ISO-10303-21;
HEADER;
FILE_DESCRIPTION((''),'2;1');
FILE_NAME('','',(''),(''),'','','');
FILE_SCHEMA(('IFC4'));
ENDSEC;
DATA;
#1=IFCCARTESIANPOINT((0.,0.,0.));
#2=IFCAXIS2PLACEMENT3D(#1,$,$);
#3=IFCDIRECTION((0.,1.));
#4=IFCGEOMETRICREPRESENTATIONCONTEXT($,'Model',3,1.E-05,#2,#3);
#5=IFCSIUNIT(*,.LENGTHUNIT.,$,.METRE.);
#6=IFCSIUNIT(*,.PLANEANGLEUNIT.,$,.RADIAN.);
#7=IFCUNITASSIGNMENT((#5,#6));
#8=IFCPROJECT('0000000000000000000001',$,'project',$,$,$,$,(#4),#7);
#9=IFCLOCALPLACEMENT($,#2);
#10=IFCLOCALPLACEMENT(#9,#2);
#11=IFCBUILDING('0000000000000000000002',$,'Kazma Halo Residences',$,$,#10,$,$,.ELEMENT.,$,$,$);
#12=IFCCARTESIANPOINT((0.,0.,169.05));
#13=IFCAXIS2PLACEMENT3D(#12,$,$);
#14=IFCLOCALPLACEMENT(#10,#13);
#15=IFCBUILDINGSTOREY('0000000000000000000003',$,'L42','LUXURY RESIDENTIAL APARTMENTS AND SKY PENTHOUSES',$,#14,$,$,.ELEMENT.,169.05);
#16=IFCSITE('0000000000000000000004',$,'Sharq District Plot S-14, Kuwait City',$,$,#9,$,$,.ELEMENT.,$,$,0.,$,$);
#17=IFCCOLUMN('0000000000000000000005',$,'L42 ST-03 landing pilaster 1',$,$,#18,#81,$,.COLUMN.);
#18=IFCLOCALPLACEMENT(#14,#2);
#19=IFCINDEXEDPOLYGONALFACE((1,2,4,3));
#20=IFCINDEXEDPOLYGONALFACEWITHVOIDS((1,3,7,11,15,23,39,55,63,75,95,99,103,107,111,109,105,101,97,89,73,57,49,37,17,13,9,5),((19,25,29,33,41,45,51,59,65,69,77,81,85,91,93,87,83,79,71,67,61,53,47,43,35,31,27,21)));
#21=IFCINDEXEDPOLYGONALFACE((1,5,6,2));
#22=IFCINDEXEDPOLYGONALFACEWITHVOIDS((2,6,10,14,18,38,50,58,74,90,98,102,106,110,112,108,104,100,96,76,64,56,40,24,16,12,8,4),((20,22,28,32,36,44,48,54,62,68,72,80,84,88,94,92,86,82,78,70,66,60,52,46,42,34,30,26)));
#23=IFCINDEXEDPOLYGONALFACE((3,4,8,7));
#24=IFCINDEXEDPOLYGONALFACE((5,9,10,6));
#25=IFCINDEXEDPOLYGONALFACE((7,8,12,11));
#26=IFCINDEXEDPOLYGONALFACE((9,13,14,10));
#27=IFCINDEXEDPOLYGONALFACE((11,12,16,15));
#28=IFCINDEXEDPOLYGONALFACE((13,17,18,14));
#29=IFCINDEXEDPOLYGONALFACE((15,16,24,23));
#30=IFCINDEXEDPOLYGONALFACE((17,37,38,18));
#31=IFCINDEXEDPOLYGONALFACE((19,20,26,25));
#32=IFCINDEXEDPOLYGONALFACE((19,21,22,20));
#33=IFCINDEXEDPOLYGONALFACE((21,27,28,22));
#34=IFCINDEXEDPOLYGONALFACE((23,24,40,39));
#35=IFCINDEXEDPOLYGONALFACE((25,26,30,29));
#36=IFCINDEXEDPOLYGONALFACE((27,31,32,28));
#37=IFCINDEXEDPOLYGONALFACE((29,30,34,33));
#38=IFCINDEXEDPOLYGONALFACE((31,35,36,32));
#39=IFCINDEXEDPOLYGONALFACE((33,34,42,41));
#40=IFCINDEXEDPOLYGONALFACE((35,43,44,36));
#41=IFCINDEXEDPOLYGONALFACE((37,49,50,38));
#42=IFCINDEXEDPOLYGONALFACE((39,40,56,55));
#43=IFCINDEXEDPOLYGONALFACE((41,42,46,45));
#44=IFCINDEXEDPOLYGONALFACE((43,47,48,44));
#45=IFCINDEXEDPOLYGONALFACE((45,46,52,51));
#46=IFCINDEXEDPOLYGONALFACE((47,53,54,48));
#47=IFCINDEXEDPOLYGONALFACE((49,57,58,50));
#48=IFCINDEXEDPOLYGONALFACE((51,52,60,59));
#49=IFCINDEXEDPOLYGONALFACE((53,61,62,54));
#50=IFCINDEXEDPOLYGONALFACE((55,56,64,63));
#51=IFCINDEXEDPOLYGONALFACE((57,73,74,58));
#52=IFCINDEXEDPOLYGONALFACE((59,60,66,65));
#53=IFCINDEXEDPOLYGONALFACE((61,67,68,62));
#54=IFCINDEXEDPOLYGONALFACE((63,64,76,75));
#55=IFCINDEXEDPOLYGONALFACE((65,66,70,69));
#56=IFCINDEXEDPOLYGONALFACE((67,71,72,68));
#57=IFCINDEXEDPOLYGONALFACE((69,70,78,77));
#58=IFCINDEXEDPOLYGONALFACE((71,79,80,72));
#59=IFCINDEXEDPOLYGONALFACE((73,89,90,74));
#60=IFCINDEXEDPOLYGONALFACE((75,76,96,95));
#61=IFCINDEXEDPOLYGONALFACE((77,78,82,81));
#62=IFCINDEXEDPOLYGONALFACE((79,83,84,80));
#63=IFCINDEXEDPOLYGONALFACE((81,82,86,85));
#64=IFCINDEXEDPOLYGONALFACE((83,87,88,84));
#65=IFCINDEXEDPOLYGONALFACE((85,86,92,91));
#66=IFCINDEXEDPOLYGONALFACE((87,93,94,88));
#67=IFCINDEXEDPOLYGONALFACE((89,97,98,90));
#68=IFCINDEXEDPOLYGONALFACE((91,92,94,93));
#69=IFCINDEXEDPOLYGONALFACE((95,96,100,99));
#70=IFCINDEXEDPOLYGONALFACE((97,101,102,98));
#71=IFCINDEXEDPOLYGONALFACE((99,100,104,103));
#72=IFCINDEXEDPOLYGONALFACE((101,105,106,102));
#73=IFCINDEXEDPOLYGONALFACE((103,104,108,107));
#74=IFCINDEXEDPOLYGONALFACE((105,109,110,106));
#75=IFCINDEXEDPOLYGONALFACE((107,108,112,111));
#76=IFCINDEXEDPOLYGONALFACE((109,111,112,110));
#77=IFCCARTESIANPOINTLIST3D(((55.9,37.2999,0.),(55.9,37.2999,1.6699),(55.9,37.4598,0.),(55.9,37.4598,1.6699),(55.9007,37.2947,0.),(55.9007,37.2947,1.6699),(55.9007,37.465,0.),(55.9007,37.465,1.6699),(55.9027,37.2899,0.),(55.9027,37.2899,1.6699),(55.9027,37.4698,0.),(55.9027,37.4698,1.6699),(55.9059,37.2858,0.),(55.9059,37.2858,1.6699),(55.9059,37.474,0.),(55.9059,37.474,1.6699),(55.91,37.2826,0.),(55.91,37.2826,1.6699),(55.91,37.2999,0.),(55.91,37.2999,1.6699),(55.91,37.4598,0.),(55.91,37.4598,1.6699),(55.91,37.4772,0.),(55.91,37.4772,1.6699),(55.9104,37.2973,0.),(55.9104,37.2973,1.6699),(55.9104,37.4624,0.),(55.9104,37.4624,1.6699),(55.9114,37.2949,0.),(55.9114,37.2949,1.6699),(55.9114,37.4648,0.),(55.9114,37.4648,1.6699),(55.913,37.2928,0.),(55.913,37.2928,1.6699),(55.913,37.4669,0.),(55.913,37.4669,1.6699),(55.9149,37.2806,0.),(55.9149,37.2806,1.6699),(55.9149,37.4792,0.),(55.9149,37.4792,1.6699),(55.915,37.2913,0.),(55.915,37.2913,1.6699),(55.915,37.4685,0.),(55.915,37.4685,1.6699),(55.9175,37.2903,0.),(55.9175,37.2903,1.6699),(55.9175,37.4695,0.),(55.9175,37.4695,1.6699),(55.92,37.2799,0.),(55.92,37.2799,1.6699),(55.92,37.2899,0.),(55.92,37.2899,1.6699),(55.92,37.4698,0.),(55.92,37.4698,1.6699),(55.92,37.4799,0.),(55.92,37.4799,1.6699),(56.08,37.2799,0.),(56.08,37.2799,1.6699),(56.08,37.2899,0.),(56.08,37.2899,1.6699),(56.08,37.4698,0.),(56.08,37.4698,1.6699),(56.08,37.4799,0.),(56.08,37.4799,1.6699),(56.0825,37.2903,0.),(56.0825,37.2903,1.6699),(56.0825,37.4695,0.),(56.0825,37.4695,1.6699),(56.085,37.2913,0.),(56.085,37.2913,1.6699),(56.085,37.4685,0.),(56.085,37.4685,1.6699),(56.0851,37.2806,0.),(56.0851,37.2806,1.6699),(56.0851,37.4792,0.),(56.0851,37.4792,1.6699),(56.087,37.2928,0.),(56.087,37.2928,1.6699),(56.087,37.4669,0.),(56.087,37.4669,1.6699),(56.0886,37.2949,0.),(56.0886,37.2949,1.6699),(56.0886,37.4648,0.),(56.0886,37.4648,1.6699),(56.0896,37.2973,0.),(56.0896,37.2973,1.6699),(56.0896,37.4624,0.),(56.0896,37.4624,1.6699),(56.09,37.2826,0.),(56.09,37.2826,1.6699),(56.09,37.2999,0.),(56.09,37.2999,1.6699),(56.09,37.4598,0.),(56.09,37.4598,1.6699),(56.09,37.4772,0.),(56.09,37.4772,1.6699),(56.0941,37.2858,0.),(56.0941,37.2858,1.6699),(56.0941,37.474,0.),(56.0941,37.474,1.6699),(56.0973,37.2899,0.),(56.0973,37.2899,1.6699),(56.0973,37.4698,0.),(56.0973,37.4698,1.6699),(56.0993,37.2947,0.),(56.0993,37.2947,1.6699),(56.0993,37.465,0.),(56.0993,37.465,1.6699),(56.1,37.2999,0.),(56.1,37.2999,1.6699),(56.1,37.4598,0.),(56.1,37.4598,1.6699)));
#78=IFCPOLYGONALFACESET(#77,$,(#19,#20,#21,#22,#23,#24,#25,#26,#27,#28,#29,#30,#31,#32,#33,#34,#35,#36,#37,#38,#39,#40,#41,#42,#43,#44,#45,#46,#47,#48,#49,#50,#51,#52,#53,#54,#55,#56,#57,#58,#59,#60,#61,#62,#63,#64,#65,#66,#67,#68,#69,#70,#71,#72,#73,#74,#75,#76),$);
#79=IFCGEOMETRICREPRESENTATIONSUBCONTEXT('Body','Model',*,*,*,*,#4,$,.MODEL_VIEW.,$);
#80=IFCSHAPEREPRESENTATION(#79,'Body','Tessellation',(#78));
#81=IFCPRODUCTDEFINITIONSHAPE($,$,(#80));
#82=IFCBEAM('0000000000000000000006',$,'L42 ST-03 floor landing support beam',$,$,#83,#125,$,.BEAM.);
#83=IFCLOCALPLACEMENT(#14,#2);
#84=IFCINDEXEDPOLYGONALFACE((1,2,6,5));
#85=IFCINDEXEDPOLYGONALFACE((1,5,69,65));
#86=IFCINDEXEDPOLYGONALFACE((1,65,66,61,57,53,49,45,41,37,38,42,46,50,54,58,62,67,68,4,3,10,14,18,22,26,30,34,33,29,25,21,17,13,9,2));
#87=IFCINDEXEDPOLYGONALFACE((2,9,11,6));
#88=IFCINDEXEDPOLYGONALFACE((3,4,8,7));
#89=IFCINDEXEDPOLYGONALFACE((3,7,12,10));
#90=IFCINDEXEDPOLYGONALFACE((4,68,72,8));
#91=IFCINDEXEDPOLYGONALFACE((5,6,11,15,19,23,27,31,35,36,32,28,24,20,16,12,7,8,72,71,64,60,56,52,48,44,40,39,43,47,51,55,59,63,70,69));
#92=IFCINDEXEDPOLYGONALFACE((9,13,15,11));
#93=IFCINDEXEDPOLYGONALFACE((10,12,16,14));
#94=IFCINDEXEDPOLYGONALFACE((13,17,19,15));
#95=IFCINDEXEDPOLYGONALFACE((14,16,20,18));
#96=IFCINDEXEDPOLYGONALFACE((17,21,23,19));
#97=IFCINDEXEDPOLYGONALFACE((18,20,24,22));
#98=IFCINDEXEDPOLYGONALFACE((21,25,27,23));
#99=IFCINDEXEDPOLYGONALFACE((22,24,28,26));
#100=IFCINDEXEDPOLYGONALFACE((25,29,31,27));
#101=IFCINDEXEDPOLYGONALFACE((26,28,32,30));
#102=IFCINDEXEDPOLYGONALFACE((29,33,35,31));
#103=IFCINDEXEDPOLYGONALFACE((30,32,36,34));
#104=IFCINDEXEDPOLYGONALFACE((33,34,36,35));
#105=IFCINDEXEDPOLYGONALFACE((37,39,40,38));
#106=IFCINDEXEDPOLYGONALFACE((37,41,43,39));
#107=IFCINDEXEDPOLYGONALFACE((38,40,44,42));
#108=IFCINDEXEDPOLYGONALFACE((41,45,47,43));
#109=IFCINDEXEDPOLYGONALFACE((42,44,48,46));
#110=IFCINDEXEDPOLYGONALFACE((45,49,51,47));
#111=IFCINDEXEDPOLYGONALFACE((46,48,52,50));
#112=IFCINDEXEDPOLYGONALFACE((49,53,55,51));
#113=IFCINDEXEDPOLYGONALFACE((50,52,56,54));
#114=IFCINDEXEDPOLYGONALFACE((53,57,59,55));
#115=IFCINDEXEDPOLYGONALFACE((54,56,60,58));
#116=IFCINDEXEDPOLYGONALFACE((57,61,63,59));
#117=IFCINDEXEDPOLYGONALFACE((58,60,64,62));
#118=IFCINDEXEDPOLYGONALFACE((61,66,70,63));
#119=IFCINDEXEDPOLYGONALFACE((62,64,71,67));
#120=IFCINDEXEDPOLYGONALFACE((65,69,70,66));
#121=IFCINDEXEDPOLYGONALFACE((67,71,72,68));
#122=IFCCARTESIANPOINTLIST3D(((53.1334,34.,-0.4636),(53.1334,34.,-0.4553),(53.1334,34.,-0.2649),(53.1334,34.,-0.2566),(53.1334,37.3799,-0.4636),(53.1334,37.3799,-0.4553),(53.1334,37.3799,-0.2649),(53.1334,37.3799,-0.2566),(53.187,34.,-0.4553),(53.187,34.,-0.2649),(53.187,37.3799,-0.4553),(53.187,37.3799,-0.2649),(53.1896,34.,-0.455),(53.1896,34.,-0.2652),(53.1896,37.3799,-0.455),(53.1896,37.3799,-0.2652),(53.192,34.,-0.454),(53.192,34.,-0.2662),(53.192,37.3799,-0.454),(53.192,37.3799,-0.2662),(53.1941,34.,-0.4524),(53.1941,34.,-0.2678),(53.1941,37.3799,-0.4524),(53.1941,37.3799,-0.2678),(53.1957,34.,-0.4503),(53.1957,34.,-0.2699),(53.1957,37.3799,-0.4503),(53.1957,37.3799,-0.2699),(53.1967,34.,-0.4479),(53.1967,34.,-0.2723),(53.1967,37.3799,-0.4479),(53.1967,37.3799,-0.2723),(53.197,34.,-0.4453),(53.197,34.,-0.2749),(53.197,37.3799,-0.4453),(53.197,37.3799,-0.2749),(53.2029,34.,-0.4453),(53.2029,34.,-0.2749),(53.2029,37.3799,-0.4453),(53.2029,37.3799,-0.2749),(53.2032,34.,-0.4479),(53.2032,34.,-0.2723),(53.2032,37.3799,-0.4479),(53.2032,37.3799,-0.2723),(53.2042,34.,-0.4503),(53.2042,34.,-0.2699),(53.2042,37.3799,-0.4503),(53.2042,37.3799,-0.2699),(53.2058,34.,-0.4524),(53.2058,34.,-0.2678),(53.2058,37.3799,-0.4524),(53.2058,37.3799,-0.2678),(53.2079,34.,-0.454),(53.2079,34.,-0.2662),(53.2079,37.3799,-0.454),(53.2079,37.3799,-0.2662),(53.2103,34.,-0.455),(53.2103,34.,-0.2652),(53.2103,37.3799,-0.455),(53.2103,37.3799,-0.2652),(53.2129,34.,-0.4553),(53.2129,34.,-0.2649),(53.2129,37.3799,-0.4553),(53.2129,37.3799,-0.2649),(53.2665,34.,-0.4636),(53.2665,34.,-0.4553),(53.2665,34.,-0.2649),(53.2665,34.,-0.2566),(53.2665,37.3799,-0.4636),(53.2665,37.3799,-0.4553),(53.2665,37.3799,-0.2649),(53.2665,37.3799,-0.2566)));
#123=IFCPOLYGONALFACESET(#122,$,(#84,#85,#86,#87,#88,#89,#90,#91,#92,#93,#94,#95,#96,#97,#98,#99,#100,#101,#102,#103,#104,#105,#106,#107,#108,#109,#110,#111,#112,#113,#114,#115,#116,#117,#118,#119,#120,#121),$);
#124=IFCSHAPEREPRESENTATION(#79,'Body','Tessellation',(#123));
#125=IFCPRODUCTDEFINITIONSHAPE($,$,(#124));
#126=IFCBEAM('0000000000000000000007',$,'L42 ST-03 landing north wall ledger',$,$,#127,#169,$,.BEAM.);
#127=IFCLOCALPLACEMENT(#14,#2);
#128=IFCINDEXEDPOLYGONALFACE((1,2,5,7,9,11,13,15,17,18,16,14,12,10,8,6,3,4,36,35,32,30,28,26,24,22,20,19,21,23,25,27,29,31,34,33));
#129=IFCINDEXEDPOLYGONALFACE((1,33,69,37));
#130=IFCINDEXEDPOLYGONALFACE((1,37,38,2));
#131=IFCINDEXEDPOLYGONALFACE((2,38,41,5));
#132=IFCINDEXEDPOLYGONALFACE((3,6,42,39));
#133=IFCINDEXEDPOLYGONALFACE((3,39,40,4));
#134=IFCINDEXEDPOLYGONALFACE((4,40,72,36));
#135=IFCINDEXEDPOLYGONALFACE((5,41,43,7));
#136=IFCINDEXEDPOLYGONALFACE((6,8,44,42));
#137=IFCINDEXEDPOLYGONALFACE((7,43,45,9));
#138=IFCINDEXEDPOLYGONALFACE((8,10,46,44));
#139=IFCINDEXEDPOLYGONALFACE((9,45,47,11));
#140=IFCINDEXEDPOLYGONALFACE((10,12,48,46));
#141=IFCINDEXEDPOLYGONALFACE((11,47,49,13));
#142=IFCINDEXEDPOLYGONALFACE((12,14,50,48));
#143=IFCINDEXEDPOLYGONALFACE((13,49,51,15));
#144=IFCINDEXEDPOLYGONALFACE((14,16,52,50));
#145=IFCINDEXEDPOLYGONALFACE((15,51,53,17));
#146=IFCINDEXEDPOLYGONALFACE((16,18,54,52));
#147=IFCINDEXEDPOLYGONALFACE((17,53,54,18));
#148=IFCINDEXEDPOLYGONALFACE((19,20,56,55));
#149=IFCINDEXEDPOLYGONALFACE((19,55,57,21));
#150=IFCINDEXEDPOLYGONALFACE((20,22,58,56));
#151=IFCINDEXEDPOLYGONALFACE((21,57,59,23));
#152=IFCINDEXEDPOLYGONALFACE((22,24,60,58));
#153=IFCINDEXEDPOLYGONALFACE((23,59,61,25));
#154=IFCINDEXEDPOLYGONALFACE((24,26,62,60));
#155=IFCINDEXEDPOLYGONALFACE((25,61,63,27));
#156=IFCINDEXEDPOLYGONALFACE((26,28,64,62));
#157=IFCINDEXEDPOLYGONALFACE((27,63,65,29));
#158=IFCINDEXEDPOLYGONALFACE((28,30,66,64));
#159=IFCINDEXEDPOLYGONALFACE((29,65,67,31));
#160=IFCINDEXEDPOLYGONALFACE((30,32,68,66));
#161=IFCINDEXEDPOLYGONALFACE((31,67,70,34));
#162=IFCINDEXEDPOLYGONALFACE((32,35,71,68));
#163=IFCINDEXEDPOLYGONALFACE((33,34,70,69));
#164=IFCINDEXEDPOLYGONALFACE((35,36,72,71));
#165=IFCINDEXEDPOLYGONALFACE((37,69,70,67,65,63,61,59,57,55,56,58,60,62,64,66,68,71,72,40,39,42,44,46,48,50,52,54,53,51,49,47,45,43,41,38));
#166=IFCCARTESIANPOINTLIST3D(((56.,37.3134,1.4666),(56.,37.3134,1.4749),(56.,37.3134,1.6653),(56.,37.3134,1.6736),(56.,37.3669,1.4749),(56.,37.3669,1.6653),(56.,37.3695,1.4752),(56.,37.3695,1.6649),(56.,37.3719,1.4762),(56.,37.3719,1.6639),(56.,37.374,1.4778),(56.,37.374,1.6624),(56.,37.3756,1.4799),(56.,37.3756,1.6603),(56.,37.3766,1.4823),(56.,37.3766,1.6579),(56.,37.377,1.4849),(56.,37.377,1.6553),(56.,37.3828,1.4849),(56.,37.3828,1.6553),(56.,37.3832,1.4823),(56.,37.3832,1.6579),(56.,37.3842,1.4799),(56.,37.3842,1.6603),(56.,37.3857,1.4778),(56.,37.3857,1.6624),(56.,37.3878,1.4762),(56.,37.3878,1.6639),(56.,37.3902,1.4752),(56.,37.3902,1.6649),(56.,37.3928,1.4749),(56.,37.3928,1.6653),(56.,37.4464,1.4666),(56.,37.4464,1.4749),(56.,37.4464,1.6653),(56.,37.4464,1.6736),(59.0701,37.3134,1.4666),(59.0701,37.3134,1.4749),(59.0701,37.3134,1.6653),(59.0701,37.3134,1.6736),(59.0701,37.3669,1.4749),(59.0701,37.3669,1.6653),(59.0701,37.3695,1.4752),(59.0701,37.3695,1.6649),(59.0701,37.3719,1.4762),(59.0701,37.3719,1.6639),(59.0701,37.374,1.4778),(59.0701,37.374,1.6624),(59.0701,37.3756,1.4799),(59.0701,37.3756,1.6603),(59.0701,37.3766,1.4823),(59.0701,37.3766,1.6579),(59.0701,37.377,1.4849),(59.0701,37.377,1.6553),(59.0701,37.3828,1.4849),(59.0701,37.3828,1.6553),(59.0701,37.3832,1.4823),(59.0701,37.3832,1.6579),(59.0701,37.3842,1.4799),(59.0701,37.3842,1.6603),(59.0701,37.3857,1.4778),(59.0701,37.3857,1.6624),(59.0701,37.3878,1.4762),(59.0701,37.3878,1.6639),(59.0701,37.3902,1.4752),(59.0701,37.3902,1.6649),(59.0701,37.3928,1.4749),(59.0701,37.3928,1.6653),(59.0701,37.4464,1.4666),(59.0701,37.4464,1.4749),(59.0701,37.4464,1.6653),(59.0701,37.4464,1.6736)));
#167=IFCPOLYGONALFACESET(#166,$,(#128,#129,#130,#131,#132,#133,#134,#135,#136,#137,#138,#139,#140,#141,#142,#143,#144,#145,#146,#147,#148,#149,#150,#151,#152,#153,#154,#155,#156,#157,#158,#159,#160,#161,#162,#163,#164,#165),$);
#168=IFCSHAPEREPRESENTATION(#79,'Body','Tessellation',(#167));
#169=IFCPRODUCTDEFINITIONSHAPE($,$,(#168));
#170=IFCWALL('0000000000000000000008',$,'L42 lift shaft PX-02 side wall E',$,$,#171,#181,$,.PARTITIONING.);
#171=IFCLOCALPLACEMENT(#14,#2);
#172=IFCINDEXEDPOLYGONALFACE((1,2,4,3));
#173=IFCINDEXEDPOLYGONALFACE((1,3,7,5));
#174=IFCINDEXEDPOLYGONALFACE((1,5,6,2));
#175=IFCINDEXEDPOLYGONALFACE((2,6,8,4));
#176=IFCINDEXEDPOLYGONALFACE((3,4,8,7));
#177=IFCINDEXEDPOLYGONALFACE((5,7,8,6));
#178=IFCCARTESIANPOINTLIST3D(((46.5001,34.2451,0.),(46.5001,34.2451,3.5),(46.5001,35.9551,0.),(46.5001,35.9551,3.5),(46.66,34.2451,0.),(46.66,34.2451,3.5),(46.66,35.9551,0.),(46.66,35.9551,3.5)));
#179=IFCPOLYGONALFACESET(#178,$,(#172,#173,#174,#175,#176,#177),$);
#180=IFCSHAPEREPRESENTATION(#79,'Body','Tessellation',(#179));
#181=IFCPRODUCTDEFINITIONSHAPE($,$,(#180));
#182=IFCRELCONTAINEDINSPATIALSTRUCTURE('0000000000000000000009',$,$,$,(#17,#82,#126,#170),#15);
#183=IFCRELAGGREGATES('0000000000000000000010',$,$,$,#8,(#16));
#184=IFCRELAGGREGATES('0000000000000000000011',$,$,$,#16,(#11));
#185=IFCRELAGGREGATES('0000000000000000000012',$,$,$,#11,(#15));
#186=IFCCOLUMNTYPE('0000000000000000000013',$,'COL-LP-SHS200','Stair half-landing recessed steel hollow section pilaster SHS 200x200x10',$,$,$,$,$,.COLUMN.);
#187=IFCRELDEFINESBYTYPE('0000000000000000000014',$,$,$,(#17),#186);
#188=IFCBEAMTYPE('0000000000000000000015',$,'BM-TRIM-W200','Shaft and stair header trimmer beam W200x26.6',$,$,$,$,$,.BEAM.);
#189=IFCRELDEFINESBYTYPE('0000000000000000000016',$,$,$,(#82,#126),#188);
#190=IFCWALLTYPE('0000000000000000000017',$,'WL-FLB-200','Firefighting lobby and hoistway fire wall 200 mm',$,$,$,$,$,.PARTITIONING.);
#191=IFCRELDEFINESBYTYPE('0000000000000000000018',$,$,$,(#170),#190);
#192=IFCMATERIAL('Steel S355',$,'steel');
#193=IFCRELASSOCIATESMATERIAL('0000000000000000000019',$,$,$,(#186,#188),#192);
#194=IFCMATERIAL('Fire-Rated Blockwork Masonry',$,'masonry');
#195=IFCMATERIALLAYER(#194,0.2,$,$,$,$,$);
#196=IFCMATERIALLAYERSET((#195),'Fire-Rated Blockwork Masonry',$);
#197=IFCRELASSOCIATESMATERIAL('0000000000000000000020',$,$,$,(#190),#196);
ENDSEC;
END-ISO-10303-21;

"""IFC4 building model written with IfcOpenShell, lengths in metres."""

from ifc_helpers import new_model, si_unit, direction, frame, frame_2d, origin, origin_2d, place, context, subcontext, project, spatial, rectangle, hollow_rectangle, i_section, extrude, material, layer, layer_set, material_profile, profile_set, type_object, element, save


model = new_model("IFC4")

# Units and contexts
model_context = context("Model", 3, precision=1e-05, world=origin(), true_north=direction((0.0, 1.0)))
body_context = subcontext(model_context, "Body", "Model", "MODEL_VIEW")
ifc_project = project(units=[si_unit("LENGTHUNIT", "METRE"), si_unit("PLANEANGLEUNIT", "RADIAN")], contexts=[model_context])

# Site, building, storey
site_placement = place(None, origin())
site = spatial("IfcSite", under=ifc_project, at=site_placement, Name="Sharq District Plot S-14, Kuwait City", CompositionType="ELEMENT", RefElevation=0.0)
building_placement = place(site_placement, origin())
building = spatial("IfcBuilding", under=site, at=building_placement, Name="Kazma Halo Residences", CompositionType="ELEMENT")
storey_placement = place(building_placement, frame((0.0, 0.0, 169.05)))
storey = spatial("IfcBuildingStorey", under=building, at=storey_placement, Name="L42", Description="LUXURY RESIDENTIAL APARTMENTS AND SKY PENTHOUSES", CompositionType="ELEMENT", Elevation=169.05)

# Column
ifc_material_1 = material(Name="Steel S355", Category="steel")
ifc_material_profile_1 = material_profile(ifc_material_1, hollow_rectangle(XDim=0.2, YDim=0.2, WallThickness=0.01, InnerFilletRadius=0.01, OuterFilletRadius=0.02, at=origin_2d()), Name="SHS200x200x10")
ifc_profile_set_1 = profile_set([ifc_material_profile_1], Name="Steel S355")
column_type = type_object("IfcColumnType", Name="COL-LP-SHS200", Description="Stair half-landing recessed steel hollow section pilaster SHS 200x200x10", PredefinedType="COLUMN", material=ifc_profile_set_1)
column_placement = place(storey_placement, frame((56.0, 37.3799, 0.0), z_axis=(0.0, 0.0, 1.0), x_axis=(1.0, 0.0, 0.0)))
element("IfcColumn", 1, at=column_placement, inside=storey, type_object=column_type, Name="L42 ST-03 landing pilaster 1", PredefinedType="COLUMN", context=body_context, shape_type="SweptSolid", body=[
    extrude(hollow_rectangle(XDim=0.2, YDim=0.2, WallThickness=0.01, InnerFilletRadius=0.01, OuterFilletRadius=0.02, at=origin_2d()), origin(), (0.0, 0.0, 1.0), 1.6699),
])

# Beams
ifc_material_profile_2 = material_profile(ifc_material_1, i_section(OverallWidth=0.1331, OverallDepth=0.207, WebThickness=0.0059, FlangeThickness=0.0083, FilletRadius=0.01, at=origin_2d()), Name="W200x26.6")
ifc_profile_set_2 = profile_set([ifc_material_profile_2], Name="Steel S355")
beam_type = type_object("IfcBeamType", Name="BM-TRIM-W200", Description="Shaft and stair header trimmer beam W200x26.6", PredefinedType="BEAM", material=ifc_profile_set_2)
beam_1_placement = place(storey_placement, frame((53.2, 34.0, -0.3601), z_axis=(0.0, 1.0, 0.0), x_axis=(-1.0, 0.0, 0.0)))
element("IfcBeam", 2, at=beam_1_placement, inside=storey, type_object=beam_type, Name="L42 ST-03 floor landing support beam", PredefinedType="BEAM", context=body_context, shape_type="SweptSolid", body=[
    extrude(i_section(OverallWidth=0.1331, OverallDepth=0.207, WebThickness=0.0059, FlangeThickness=0.0083, FilletRadius=0.01, at=origin_2d()), origin(), (0.0, 0.0, 1.0), 3.3799),
])
beam_2_placement = place(storey_placement, frame((56.0, 37.3799, 1.5701), z_axis=(1.0, 0.0, 0.0), x_axis=(0.0, 1.0, 0.0)))
element("IfcBeam", 3, at=beam_2_placement, inside=storey, type_object=beam_type, Name="L42 ST-03 landing north wall ledger", PredefinedType="BEAM", context=body_context, shape_type="SweptSolid", body=[
    extrude(i_section(OverallWidth=0.1331, OverallDepth=0.207, WebThickness=0.0059, FlangeThickness=0.0083, FilletRadius=0.01, at=origin_2d()), origin(), (0.0, 0.0, 1.0), 3.0701),
])

# Wall
ifc_material_2 = material(Name="Fire-Rated Blockwork Masonry", Category="masonry")
ifc_layer_1 = layer(ifc_material_2, 0.2)
ifc_layer_set_1 = layer_set([ifc_layer_1], Name="Fire-Rated Blockwork Masonry")
wall_type_1 = type_object("IfcWallType", Name="WL-FLB-200", Description="Firefighting lobby and hoistway fire wall 200 mm", PredefinedType="PARTITIONING", material=ifc_layer_set_1)
wall_1_placement = place(storey_placement, frame((46.5801, 34.2451, 0.0), z_axis=(0.0, 0.0, 1.0), x_axis=(0.0, 1.0, 0.0)))
element("IfcWall", 4, at=wall_1_placement, inside=storey, type_object=wall_type_1, Name="L42 lift shaft PX-02 side wall E", PredefinedType="PARTITIONING", context=body_context, shape_type="SweptSolid", body=[
    extrude(rectangle(XDim=1.71, YDim=0.1599, at=frame_2d((0.855, 0.0))), origin(), (0.0, 0.0, 1.0), 3.5),
])

save(model, "model.ifc")
